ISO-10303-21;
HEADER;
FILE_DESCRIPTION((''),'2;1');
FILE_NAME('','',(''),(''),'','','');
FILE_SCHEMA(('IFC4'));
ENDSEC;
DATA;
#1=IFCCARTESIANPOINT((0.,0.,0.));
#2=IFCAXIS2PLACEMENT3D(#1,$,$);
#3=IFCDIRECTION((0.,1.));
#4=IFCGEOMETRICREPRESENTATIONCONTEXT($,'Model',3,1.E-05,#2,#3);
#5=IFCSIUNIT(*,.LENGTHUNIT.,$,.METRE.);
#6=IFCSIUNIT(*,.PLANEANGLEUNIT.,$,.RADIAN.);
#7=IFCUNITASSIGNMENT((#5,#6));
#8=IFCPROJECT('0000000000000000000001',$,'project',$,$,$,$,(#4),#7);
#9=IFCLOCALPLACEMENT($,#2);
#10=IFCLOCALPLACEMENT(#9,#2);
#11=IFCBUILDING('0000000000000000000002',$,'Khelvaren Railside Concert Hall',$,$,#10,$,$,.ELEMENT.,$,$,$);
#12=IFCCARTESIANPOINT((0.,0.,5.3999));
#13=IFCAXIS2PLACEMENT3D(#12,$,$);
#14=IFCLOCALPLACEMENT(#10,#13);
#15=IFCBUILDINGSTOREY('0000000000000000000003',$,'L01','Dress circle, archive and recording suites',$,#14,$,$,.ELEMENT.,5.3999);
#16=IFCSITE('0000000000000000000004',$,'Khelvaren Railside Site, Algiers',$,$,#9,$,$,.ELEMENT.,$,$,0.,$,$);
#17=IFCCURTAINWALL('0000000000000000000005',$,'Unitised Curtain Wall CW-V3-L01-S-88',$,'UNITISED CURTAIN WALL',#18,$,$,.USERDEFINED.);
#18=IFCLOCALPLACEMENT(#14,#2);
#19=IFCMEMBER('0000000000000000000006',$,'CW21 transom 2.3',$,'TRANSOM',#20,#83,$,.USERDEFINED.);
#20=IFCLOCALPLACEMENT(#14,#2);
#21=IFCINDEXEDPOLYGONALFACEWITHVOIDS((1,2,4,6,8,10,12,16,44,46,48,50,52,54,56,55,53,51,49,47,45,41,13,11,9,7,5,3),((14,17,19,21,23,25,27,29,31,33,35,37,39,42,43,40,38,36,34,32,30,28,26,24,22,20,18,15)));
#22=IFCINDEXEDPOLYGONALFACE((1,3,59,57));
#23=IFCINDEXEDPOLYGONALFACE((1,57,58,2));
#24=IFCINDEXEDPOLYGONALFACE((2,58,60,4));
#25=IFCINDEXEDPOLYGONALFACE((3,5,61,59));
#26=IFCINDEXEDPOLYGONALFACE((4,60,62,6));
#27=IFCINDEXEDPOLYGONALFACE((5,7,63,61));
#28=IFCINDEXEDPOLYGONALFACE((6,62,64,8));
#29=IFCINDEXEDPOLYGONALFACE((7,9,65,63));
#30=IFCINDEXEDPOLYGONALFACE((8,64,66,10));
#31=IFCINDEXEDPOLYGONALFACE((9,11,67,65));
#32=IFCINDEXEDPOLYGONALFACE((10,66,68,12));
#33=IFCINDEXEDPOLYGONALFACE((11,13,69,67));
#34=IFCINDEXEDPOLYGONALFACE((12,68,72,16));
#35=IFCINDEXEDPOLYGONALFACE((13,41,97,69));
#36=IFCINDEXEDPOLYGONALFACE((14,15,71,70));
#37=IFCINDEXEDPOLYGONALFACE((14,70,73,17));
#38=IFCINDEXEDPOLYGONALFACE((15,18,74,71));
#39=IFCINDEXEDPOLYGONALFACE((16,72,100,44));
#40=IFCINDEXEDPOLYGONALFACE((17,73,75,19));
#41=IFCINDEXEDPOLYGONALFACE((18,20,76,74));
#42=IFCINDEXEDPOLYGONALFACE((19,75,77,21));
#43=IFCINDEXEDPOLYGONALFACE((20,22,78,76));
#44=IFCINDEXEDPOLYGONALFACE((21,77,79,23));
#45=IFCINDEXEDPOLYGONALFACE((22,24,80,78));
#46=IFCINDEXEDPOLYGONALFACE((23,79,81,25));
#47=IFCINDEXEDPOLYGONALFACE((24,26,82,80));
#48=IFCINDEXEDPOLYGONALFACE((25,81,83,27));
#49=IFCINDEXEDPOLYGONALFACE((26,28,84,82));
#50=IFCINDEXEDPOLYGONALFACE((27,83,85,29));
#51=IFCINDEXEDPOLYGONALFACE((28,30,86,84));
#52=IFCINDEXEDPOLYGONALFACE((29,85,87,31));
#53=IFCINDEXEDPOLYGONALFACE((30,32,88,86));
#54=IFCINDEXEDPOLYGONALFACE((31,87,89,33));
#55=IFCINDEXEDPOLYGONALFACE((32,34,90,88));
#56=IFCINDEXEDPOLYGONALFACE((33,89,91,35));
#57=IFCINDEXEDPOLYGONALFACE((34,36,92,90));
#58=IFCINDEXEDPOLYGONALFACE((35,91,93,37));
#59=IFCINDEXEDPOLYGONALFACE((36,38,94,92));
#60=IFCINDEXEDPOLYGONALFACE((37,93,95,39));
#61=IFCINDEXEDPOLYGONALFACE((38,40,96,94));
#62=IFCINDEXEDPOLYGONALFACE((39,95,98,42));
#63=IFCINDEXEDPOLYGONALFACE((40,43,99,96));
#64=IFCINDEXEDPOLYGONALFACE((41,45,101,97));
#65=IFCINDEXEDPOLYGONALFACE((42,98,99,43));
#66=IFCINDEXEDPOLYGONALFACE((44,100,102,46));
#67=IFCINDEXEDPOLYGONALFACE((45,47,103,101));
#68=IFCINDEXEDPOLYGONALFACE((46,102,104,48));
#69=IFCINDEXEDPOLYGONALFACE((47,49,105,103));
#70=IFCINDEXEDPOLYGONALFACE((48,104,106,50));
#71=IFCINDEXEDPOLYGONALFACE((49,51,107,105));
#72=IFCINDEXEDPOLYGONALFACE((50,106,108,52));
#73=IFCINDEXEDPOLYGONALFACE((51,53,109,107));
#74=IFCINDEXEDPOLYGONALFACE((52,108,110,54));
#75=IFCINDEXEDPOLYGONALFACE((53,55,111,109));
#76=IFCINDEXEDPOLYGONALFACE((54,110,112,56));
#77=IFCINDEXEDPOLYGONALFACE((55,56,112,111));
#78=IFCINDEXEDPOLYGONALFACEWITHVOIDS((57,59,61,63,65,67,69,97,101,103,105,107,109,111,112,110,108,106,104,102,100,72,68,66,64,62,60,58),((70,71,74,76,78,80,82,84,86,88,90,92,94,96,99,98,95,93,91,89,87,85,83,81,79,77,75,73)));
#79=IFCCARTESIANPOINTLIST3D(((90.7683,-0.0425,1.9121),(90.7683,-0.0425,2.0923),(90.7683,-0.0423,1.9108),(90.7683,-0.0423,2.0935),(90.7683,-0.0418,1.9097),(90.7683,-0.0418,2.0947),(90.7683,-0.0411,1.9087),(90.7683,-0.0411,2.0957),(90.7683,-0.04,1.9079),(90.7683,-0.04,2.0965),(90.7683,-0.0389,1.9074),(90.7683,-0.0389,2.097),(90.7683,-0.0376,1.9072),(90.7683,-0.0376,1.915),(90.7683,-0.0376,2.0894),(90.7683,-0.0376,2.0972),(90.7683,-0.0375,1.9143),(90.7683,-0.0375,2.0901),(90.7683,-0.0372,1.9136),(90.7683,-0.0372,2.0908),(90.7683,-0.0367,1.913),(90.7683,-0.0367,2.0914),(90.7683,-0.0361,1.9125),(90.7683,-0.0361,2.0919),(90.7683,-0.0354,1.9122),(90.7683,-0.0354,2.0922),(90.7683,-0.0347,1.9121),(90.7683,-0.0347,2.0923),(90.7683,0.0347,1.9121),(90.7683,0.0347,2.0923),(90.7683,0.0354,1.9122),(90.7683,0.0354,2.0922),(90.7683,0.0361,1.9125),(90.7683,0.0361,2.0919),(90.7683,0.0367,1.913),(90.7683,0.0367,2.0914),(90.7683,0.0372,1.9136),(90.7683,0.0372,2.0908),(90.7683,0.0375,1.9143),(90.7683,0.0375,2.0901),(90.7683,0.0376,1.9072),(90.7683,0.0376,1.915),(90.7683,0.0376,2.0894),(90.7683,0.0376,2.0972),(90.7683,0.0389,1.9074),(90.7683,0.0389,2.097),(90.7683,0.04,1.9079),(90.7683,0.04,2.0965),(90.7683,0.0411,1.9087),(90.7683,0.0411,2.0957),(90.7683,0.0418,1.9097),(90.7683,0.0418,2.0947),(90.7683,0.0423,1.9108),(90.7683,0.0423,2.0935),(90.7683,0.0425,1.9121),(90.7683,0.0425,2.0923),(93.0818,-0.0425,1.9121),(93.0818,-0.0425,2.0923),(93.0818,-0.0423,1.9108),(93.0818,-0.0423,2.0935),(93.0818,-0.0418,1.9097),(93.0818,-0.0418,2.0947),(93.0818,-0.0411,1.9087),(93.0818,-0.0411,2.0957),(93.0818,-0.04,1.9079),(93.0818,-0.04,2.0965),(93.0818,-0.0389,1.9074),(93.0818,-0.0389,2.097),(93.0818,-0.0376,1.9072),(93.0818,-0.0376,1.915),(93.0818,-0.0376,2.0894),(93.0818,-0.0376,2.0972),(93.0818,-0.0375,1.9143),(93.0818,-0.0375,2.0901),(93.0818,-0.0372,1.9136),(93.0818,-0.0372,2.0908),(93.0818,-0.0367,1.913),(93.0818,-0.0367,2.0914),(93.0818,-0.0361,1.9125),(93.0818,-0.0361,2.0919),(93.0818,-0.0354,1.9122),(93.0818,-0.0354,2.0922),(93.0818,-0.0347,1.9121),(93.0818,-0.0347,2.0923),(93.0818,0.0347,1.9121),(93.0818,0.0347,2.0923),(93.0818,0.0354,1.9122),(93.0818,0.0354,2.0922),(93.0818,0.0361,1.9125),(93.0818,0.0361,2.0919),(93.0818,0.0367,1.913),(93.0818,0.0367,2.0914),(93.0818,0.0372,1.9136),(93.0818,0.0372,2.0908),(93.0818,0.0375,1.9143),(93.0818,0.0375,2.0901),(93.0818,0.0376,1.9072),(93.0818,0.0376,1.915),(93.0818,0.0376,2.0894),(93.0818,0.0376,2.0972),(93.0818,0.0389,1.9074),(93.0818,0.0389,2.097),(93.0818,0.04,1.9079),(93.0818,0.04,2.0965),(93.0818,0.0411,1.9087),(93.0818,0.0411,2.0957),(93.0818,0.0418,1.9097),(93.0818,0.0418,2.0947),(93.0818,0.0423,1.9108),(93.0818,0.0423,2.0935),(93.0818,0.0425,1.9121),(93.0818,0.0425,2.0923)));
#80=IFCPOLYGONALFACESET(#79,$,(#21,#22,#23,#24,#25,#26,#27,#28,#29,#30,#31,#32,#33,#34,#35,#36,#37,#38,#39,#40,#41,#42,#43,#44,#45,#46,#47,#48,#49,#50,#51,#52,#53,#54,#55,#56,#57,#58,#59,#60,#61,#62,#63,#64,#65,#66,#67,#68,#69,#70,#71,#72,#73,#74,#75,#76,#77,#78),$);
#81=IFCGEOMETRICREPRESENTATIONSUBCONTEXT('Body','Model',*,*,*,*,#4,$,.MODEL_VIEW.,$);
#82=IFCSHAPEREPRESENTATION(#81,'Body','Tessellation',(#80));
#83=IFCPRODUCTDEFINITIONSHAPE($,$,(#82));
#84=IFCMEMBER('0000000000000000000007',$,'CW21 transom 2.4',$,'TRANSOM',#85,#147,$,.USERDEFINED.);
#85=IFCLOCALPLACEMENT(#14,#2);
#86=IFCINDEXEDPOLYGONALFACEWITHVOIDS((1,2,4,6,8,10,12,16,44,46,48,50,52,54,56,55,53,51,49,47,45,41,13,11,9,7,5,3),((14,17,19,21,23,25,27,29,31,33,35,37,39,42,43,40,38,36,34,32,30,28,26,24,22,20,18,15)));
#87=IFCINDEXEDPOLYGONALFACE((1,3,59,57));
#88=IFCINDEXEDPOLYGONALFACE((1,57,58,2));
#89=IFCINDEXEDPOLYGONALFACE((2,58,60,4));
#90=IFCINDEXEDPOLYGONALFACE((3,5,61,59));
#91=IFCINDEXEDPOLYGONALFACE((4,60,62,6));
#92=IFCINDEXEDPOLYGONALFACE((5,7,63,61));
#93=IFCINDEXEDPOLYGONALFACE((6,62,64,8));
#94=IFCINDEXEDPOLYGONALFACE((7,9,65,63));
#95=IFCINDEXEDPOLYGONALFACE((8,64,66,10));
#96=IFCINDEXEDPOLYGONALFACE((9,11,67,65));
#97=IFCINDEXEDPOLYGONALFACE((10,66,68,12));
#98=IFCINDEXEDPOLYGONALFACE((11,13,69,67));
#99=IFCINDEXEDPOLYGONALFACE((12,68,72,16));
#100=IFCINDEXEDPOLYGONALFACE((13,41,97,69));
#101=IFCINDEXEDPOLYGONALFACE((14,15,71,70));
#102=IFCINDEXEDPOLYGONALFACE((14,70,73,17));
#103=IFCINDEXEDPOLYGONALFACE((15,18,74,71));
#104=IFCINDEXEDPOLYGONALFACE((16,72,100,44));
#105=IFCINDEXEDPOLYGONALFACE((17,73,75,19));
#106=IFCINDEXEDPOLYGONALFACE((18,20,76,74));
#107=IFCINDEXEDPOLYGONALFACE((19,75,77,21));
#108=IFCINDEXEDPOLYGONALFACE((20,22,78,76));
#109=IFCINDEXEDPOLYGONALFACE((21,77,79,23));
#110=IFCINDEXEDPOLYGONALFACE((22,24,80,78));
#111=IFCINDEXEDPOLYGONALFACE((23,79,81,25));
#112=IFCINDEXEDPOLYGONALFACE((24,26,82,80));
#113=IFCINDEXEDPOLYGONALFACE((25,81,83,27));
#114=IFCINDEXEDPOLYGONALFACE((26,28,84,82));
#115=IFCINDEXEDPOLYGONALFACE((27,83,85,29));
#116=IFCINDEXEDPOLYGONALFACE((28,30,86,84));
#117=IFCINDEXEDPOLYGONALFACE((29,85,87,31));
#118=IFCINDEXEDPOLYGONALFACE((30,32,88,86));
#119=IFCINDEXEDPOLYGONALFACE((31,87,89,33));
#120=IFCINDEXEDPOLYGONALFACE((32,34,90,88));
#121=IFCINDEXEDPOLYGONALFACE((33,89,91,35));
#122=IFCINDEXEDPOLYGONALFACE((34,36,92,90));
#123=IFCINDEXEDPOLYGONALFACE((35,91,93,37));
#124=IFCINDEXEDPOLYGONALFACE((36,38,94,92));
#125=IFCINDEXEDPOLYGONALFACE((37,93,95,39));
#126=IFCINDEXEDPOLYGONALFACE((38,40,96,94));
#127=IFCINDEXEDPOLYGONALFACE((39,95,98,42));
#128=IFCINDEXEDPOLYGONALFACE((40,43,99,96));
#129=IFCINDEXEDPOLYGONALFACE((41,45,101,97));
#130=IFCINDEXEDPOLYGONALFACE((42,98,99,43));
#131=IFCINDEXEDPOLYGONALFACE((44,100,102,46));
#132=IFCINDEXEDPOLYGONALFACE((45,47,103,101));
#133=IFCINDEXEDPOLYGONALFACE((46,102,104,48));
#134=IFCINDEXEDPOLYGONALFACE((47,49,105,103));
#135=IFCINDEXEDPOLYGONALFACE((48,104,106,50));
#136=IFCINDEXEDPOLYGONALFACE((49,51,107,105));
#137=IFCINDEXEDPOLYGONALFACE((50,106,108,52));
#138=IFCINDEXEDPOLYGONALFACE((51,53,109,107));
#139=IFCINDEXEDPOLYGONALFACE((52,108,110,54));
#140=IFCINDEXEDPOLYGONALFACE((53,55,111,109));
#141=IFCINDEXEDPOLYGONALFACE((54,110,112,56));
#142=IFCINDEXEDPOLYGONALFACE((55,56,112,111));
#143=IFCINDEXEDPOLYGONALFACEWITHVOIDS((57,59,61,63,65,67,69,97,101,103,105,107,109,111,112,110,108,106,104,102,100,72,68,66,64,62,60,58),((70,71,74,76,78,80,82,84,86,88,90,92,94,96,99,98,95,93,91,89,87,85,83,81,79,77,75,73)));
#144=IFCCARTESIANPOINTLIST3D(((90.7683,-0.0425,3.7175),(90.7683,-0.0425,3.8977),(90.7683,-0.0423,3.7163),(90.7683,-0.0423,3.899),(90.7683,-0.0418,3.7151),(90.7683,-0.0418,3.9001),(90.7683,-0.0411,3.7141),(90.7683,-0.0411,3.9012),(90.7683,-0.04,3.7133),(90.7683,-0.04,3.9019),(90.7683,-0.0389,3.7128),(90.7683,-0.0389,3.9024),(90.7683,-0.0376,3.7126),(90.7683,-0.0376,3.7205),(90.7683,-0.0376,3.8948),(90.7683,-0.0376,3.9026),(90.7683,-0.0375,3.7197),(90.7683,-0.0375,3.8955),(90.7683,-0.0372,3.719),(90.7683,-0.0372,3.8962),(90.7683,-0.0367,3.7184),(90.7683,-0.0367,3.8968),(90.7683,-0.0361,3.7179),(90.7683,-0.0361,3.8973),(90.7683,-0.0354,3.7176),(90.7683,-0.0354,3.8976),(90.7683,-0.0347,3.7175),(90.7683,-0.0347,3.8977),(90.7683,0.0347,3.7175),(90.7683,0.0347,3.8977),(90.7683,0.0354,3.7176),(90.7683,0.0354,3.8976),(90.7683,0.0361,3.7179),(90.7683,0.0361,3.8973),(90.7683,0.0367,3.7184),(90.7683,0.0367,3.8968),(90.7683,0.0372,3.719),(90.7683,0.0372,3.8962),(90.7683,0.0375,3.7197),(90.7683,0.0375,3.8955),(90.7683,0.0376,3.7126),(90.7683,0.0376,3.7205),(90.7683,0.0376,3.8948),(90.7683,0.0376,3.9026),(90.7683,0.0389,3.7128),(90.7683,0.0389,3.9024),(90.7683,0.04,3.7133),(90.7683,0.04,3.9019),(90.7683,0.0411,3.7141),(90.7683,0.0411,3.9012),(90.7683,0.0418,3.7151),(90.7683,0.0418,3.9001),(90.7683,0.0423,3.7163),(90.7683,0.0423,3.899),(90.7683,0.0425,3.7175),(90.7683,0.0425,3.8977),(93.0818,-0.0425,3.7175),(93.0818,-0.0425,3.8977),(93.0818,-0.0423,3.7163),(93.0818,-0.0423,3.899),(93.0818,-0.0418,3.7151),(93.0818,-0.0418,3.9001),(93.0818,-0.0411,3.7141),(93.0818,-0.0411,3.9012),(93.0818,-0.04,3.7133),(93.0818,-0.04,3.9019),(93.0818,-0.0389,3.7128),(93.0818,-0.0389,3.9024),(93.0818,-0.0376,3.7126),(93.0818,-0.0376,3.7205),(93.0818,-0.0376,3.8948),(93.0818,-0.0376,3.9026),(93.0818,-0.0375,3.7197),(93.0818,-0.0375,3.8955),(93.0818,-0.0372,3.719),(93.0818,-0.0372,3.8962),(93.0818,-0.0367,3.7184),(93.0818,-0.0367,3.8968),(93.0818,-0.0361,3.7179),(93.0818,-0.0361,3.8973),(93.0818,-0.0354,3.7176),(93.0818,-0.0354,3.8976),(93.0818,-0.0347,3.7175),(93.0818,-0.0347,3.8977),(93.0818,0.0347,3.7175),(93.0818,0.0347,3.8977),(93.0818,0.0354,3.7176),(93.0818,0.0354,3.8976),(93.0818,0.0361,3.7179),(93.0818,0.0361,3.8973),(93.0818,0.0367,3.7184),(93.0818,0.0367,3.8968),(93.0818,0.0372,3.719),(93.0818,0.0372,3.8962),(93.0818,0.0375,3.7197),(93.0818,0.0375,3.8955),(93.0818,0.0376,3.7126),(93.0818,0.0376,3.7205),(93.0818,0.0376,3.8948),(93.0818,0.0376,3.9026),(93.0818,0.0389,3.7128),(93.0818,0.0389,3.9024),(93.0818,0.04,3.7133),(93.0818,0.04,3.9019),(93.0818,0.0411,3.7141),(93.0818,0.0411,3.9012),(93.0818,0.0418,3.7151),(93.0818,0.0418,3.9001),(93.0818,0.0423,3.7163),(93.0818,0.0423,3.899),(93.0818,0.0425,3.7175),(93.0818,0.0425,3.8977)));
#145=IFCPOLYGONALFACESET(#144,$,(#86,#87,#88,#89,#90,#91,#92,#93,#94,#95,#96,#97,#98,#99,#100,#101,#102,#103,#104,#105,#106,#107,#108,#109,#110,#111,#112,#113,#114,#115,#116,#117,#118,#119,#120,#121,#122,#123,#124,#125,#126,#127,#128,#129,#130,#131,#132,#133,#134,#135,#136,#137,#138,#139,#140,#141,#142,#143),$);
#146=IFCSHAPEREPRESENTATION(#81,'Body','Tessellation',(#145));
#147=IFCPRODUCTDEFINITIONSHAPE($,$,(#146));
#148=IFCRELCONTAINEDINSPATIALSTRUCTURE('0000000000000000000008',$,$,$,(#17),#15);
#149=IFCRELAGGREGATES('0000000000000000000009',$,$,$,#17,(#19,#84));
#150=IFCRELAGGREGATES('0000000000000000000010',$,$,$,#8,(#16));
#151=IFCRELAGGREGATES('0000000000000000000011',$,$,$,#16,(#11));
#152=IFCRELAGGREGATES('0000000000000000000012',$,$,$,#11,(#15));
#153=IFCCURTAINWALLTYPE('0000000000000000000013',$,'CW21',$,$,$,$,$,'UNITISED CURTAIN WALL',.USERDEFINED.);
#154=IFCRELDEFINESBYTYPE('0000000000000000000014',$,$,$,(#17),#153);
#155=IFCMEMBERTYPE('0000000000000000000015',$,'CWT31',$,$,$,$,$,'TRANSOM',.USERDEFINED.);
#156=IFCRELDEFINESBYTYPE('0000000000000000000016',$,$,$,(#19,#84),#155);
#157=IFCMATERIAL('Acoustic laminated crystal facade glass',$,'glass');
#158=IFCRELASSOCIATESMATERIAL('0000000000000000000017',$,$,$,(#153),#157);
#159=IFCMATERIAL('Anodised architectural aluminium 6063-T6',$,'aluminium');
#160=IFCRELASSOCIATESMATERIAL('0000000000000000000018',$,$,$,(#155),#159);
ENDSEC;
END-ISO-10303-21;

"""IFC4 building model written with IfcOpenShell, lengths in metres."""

from ifc_helpers import new_model, si_unit, direction, frame, origin, origin_2d, place, context, subcontext, project, spatial, hollow_rectangle, extrude, material, material_profile, profile_set, type_object, element, aggregate, save


model = new_model("IFC4")

# Units and contexts
model_context = context("Model", 3, precision=1e-05, world=origin(), true_north=direction((0.0, 1.0)))
body_context = subcontext(model_context, "Body", "Model", "MODEL_VIEW")
ifc_project = project(units=[si_unit("LENGTHUNIT", "METRE"), si_unit("PLANEANGLEUNIT", "RADIAN")], contexts=[model_context])

# Site, building, storey
site_placement = place(None, origin())
site = spatial("IfcSite", under=ifc_project, at=site_placement, Name="Khelvaren Railside Site, Algiers", CompositionType="ELEMENT", RefElevation=0.0)
building_placement = place(site_placement, origin())
building = spatial("IfcBuilding", under=site, at=building_placement, Name="Khelvaren Railside Concert Hall", CompositionType="ELEMENT")
storey_placement = place(building_placement, frame((0.0, 0.0, 5.3999)))
storey = spatial("IfcBuildingStorey", under=building, at=storey_placement, Name="L01", Description="Dress circle, archive and recording suites", CompositionType="ELEMENT", Elevation=5.3999)

# Curtain wall
ifc_material_1 = material(Name="Acoustic laminated crystal facade glass", Category="glass")
curtain_wall_type_1 = type_object("IfcCurtainWallType", Name="CW21", ElementType="UNITISED CURTAIN WALL", PredefinedType="USERDEFINED", material=ifc_material_1)
curtain_wall_1_placement = place(storey_placement, origin())
curtain_wall_1 = element("IfcCurtainWall", 1, at=curtain_wall_1_placement, inside=storey, type_object=curtain_wall_type_1, Name="Unitised Curtain Wall CW-V3-L01-S-88", ObjectType="UNITISED CURTAIN WALL", PredefinedType="USERDEFINED")
ifc_material_2 = material(Name="Anodised architectural aluminium 6063-T6", Category="aluminium")

# Members
ifc_material_profile_1 = material_profile(ifc_material_2, hollow_rectangle(XDim=0.085, YDim=0.1899, WallThickness=0.0049, InnerFilletRadius=0.0029, OuterFilletRadius=0.0049, at=origin_2d()), Name="CWT 85x190x5")
ifc_profile_set_1 = profile_set([ifc_material_profile_1], Name="Anodised architectural aluminium 6063-T6")
member_type_1 = type_object("IfcMemberType", Name="CWT31", ElementType="TRANSOM", PredefinedType="USERDEFINED", material=ifc_profile_set_1)
member_1_placement = place(storey_placement, frame((93.0818, 0.0, 2.0022), z_axis=(-1.0, 0.0, 0.0), x_axis=(0.0, -1.0, 0.0)))
member_1 = element("IfcMember", 2, at=member_1_placement, type_object=member_type_1, Name="CW21 transom 2.3", ObjectType="TRANSOM", PredefinedType="USERDEFINED", context=body_context, shape_type="SweptSolid", body=[
    extrude(hollow_rectangle(XDim=0.085, YDim=0.1899, WallThickness=0.0049, InnerFilletRadius=0.0029, OuterFilletRadius=0.0049, at=origin_2d()), origin(), (0.0, 0.0, 1.0), 2.3135),
])
member_2_placement = place(storey_placement, frame((93.0818, 0.0, 3.8076), z_axis=(-1.0, 0.0, 0.0), x_axis=(0.0, -1.0, 0.0)))
member_2 = element("IfcMember", 3, at=member_2_placement, type_object=member_type_1, Name="CW21 transom 2.4", ObjectType="TRANSOM", PredefinedType="USERDEFINED", context=body_context, shape_type="SweptSolid", body=[
    extrude(hollow_rectangle(XDim=0.085, YDim=0.1899, WallThickness=0.0049, InnerFilletRadius=0.0029, OuterFilletRadius=0.0049, at=origin_2d()), origin(), (0.0, 0.0, 1.0), 2.3135),
])

aggregate(curtain_wall_1, [member_1, member_2])

save(model, "model.ifc")
